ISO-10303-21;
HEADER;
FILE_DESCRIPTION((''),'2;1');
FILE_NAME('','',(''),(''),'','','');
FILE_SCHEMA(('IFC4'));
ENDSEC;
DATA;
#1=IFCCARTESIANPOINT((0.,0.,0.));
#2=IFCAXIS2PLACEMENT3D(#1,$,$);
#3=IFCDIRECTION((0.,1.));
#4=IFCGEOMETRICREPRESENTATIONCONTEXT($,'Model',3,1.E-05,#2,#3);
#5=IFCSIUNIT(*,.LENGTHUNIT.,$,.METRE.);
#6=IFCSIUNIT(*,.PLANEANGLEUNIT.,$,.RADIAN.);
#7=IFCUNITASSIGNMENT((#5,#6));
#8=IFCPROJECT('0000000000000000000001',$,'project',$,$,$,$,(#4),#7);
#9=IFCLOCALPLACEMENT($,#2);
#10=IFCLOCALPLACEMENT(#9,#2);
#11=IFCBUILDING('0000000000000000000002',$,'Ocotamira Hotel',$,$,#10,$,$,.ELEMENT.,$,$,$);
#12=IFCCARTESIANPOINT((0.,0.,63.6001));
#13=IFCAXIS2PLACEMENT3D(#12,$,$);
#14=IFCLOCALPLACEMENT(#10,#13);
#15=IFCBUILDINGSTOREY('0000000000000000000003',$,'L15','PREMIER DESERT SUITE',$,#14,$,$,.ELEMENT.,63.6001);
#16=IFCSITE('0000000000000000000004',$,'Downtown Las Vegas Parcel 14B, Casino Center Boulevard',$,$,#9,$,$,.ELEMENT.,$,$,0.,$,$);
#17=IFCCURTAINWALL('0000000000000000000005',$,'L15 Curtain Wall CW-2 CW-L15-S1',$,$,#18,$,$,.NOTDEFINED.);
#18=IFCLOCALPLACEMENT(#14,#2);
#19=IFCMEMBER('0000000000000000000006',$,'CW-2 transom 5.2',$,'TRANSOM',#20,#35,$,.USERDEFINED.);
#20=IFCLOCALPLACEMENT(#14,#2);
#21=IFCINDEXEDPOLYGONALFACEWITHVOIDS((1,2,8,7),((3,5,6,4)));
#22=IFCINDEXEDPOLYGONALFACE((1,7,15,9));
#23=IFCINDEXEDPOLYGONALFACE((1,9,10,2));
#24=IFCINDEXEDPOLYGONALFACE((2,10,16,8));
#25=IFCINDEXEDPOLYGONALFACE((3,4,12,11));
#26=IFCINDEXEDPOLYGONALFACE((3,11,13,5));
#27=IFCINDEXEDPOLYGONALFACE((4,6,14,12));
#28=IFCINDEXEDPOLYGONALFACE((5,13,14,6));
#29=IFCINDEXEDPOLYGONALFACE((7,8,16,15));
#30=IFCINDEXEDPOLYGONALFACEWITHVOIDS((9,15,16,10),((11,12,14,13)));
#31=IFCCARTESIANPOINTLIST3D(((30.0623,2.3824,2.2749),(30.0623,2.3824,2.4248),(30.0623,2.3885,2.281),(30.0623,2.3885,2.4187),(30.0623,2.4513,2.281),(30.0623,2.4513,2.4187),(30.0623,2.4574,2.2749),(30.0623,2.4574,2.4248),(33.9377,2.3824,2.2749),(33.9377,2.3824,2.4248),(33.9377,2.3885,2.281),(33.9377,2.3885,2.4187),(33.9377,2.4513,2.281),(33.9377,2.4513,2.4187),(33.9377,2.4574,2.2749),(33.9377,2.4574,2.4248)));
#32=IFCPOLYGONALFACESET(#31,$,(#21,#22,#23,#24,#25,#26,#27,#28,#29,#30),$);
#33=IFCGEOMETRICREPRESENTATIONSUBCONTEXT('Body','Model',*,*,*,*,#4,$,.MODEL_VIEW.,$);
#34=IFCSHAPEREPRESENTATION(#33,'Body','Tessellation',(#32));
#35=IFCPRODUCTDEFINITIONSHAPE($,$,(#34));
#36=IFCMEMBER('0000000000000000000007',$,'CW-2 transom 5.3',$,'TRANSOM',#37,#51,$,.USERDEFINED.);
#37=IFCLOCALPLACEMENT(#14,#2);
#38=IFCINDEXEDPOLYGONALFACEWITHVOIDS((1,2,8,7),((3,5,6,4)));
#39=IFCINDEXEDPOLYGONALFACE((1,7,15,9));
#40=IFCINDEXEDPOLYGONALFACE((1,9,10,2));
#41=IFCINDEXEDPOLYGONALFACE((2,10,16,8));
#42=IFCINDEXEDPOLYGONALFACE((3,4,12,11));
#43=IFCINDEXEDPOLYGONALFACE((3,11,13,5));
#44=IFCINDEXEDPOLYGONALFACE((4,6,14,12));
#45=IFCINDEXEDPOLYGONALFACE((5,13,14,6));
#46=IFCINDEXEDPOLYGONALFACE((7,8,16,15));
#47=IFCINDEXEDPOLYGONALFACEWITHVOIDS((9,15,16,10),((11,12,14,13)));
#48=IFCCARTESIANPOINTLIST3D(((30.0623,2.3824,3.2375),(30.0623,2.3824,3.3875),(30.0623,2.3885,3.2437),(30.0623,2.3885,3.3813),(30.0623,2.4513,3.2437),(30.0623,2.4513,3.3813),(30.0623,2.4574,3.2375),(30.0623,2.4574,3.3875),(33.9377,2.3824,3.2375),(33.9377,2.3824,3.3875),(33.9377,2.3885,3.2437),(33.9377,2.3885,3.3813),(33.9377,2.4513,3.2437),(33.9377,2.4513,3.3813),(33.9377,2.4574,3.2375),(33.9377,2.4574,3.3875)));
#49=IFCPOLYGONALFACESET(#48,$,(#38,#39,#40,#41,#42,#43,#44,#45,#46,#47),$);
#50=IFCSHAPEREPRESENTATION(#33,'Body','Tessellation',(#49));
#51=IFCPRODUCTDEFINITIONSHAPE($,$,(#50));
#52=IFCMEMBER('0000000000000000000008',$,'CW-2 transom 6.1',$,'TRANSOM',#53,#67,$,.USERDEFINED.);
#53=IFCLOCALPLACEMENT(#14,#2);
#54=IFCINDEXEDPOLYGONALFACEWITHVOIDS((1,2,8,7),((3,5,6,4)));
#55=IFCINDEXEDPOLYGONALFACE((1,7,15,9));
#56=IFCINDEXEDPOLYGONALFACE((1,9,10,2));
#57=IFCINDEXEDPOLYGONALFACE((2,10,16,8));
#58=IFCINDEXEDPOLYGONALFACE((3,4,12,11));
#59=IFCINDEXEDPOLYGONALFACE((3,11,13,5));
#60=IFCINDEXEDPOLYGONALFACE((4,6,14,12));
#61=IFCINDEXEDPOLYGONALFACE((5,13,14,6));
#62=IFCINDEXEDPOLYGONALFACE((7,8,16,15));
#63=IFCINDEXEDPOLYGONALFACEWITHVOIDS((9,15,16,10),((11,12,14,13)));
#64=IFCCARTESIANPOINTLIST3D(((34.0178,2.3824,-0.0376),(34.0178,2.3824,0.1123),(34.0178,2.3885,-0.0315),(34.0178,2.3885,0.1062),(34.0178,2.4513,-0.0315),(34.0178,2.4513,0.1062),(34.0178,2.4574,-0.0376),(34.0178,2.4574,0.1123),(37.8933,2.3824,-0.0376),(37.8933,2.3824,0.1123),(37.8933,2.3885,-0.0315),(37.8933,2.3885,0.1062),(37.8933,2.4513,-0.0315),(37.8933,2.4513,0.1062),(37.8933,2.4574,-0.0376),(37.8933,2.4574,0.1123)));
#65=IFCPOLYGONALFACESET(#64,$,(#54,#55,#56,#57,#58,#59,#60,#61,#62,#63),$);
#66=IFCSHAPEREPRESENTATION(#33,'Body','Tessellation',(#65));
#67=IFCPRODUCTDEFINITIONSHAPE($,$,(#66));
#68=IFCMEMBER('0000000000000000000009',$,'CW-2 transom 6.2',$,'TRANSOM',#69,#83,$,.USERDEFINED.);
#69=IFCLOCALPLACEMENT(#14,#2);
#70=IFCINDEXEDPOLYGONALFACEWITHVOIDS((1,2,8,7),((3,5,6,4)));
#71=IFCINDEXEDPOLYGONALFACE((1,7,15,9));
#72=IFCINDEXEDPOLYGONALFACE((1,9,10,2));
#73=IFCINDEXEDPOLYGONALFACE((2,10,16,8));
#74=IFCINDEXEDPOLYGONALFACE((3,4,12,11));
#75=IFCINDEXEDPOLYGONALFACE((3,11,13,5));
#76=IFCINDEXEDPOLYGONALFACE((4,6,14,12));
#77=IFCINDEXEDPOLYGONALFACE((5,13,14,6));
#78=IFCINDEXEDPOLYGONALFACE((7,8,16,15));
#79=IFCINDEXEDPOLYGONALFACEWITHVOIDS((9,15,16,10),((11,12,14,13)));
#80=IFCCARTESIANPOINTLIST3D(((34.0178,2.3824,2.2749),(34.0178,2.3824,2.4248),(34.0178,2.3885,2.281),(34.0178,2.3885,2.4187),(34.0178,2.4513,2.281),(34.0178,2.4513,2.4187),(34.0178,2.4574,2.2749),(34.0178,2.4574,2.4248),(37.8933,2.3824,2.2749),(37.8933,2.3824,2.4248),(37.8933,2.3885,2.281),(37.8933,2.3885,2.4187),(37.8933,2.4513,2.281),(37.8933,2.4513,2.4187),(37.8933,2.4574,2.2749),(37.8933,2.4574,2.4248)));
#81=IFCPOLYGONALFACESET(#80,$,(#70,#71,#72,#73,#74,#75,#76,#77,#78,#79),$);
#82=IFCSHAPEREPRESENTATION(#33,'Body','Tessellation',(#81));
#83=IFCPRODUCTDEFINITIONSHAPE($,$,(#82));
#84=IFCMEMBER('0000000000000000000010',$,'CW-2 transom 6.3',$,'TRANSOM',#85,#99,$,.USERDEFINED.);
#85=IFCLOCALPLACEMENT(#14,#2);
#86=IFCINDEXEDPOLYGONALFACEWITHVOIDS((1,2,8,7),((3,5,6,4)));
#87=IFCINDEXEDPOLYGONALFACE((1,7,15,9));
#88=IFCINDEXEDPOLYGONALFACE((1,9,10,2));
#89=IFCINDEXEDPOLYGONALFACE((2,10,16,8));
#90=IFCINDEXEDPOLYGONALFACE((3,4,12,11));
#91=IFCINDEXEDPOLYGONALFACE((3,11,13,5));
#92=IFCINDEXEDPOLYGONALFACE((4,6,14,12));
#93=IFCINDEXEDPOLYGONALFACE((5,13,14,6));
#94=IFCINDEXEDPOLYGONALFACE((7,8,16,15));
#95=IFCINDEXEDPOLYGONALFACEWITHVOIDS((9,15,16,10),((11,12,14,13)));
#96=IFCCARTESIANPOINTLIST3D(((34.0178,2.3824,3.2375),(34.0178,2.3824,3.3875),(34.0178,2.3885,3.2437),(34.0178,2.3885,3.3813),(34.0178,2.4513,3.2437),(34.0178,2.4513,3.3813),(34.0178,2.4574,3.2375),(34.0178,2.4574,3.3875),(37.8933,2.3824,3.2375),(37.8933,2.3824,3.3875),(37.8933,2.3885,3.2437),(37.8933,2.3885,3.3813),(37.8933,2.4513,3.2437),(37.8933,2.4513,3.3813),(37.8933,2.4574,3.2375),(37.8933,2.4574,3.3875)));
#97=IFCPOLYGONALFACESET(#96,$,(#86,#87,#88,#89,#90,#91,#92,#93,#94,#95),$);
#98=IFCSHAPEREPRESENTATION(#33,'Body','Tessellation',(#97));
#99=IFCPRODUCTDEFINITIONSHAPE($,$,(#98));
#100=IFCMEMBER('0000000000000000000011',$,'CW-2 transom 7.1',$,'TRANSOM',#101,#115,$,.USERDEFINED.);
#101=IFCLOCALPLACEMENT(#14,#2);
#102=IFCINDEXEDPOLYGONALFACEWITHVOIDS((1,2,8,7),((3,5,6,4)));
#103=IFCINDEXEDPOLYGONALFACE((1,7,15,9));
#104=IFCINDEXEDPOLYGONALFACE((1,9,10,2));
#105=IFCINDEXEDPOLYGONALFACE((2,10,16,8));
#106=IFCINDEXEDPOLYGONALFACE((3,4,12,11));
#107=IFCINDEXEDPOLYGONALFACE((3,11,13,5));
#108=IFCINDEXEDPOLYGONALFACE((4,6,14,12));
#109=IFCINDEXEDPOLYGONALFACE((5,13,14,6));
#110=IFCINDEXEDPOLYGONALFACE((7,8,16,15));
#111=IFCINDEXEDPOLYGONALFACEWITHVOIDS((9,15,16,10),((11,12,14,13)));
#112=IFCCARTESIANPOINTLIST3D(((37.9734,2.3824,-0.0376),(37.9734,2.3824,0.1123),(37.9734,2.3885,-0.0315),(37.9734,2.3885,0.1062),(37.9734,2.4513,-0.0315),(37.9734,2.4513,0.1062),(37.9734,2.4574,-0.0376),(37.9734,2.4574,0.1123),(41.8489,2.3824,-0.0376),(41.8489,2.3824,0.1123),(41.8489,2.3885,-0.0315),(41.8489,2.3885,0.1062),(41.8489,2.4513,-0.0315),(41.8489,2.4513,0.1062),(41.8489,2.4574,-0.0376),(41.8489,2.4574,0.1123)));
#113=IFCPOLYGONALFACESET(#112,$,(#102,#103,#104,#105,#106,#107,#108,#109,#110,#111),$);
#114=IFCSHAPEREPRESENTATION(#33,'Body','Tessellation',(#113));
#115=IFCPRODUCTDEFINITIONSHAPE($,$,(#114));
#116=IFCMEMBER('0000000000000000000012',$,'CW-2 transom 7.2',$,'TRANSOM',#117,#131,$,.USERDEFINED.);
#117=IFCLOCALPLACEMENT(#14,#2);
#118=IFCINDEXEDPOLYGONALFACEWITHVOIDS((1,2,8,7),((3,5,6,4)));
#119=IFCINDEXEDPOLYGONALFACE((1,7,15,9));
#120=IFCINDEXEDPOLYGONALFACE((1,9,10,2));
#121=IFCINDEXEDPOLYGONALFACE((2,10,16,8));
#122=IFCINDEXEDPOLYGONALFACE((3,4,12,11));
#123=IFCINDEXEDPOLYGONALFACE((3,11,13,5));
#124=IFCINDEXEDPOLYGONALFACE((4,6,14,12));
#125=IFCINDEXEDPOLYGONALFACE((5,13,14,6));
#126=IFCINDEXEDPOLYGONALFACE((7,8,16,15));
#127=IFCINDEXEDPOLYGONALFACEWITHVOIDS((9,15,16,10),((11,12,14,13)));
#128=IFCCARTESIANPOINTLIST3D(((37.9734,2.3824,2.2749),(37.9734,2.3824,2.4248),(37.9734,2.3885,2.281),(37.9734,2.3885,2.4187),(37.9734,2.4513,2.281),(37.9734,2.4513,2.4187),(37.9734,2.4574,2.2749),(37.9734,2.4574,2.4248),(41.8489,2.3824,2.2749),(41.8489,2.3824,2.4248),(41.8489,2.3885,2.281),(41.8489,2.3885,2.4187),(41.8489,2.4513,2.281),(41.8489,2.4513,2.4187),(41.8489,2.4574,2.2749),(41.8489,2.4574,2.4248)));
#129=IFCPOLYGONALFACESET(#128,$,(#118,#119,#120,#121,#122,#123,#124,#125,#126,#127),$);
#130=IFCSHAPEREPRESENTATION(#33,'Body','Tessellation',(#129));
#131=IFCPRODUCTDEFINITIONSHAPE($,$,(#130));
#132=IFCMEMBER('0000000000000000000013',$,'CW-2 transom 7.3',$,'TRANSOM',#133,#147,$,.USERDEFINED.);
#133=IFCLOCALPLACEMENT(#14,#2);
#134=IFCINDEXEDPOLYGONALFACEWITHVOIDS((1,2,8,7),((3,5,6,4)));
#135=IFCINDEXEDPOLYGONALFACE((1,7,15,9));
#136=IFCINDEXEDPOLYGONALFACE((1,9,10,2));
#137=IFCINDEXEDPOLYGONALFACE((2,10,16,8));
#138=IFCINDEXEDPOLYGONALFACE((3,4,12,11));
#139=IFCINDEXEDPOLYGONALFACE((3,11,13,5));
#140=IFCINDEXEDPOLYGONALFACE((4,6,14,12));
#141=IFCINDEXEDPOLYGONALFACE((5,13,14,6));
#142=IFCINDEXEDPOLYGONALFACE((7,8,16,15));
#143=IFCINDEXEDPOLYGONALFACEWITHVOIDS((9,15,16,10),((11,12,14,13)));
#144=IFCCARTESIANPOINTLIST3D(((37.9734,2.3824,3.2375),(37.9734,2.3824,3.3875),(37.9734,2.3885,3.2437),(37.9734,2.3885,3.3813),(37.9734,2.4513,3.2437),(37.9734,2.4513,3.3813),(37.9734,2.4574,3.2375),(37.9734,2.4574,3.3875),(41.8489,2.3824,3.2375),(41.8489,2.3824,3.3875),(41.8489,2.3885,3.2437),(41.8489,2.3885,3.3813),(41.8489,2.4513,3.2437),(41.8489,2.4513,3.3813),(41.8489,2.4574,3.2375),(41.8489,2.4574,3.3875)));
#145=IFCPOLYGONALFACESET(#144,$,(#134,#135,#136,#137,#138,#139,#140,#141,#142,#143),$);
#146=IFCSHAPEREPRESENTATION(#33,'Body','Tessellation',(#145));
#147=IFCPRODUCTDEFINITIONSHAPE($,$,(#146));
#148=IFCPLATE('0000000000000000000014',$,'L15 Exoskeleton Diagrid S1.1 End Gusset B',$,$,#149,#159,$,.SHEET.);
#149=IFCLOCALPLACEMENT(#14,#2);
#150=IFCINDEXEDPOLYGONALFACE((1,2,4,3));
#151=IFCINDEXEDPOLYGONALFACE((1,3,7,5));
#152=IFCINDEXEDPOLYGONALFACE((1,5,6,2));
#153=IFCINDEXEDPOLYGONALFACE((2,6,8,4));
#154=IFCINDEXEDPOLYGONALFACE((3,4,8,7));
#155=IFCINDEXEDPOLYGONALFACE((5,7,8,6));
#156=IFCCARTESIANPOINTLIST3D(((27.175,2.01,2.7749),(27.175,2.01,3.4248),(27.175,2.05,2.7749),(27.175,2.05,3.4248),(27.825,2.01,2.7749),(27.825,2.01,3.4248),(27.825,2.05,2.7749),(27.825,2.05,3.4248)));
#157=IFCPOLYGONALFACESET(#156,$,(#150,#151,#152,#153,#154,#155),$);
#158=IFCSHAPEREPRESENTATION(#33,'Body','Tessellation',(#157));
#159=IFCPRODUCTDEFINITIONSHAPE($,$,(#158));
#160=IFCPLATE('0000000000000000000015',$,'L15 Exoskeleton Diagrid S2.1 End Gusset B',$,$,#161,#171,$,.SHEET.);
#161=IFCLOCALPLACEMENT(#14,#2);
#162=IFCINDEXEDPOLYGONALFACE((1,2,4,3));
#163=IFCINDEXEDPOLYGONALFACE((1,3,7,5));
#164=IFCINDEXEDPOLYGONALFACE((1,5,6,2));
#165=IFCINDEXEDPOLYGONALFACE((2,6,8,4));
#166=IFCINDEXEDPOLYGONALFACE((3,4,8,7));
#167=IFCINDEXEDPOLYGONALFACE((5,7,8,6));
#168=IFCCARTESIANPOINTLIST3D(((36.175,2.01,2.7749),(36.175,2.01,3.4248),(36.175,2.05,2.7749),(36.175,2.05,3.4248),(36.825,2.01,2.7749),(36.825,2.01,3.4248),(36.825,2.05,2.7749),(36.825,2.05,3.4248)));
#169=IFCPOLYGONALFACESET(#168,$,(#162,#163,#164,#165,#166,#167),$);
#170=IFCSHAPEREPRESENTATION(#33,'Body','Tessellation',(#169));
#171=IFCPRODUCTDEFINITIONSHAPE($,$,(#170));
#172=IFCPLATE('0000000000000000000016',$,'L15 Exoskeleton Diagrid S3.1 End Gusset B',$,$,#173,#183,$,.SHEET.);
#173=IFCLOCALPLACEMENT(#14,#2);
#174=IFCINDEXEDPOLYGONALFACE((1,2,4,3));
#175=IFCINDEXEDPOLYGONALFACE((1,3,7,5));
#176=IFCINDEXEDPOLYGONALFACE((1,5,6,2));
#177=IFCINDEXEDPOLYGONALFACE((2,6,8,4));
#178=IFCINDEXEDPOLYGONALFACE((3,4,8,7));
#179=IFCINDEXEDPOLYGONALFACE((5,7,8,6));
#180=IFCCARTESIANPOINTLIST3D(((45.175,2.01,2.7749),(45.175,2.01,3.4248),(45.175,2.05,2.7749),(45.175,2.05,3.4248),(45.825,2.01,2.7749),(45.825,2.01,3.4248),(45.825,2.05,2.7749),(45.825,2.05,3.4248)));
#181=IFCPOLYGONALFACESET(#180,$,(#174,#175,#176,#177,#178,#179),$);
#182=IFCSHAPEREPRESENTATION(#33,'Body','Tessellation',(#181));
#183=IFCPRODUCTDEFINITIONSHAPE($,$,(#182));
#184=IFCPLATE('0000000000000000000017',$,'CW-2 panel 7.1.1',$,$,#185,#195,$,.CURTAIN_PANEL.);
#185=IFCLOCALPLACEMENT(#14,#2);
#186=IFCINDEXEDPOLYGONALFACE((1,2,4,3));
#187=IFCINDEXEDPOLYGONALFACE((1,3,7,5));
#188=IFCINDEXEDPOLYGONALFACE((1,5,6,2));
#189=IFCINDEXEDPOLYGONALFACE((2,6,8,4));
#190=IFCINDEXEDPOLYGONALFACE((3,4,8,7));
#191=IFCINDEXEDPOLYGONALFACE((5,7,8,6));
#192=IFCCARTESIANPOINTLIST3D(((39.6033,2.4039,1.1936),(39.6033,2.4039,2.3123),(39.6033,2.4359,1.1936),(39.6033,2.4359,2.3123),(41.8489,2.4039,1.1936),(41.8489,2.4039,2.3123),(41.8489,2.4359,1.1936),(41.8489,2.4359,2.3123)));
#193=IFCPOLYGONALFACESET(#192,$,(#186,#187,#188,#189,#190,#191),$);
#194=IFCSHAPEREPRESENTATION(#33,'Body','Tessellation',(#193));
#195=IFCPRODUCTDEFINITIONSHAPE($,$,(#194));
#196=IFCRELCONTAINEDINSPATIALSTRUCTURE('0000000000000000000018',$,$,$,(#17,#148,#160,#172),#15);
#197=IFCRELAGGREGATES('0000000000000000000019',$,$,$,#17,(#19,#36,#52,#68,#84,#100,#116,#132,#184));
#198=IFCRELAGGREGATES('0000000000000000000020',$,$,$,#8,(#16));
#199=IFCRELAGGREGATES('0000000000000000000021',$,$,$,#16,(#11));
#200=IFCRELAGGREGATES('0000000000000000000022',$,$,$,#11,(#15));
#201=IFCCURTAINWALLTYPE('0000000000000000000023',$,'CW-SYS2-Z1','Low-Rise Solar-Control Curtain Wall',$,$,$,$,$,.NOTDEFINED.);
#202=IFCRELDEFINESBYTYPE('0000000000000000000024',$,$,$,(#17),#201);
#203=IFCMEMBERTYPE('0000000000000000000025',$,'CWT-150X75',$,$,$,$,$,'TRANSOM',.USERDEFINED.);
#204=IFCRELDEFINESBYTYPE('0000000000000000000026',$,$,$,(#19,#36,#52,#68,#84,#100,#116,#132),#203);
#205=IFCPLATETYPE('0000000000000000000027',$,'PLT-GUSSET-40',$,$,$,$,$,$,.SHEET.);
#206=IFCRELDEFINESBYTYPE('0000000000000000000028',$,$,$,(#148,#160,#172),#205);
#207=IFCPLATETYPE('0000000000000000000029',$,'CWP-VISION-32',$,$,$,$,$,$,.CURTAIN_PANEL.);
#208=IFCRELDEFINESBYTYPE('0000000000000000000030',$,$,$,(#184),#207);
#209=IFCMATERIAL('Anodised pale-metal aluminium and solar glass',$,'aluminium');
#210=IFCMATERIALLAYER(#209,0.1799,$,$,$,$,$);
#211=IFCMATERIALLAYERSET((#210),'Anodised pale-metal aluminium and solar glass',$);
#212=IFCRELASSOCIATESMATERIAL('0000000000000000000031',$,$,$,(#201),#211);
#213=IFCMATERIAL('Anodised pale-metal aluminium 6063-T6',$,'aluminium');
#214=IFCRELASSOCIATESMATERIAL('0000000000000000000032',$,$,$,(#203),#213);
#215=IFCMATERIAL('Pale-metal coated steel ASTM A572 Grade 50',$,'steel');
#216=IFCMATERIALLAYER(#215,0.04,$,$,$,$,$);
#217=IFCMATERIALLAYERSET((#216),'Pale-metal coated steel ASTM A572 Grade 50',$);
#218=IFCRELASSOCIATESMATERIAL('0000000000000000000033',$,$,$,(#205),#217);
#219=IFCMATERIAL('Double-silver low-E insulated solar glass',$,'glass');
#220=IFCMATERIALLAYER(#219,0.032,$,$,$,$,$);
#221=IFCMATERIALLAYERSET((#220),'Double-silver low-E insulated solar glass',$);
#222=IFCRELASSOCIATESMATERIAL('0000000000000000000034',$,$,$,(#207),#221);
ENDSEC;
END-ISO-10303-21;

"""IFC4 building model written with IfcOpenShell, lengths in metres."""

from ifc_helpers import new_model, si_unit, direction, frame, origin, origin_2d, place, context, subcontext, project, spatial, rectangle, hollow_rectangle, extrude, source, transform, mapped, material, layer, layer_set, material_profile, profile_set, type_object, element, aggregate, save


model = new_model("IFC4")

# Units and contexts
model_context = context("Model", 3, precision=1e-05, world=origin(), true_north=direction((0.0, 1.0)))
body_context = subcontext(model_context, "Body", "Model", "MODEL_VIEW")
ifc_project = project(units=[si_unit("LENGTHUNIT", "METRE"), si_unit("PLANEANGLEUNIT", "RADIAN")], contexts=[model_context])

# Site, building, storey
site_placement = place(None, origin())
site = spatial("IfcSite", under=ifc_project, at=site_placement, Name="Downtown Las Vegas Parcel 14B, Casino Center Boulevard", CompositionType="ELEMENT", RefElevation=0.0)
building_placement = place(site_placement, origin())
building = spatial("IfcBuilding", under=site, at=building_placement, Name="Ocotamira Hotel", CompositionType="ELEMENT")
storey_placement = place(building_placement, frame((0.0, 0.0, 63.6001)))
storey = spatial("IfcBuildingStorey", under=building, at=storey_placement, Name="L15", Description="PREMIER DESERT SUITE", CompositionType="ELEMENT", Elevation=63.6001)

# Curtain wall, members
ifc_material_1 = material(Name="Anodised pale-metal aluminium and solar glass", Category="aluminium")
ifc_layer_1 = layer(ifc_material_1, 0.1799)
ifc_layer_set_1 = layer_set([ifc_layer_1], Name="Anodised pale-metal aluminium and solar glass")
curtain_wall_type = type_object("IfcCurtainWallType", Name="CW-SYS2-Z1", Description="Low-Rise Solar-Control Curtain Wall", PredefinedType="NOTDEFINED", material=ifc_layer_set_1)
curtain_wall_placement = place(storey_placement, origin())
curtain_wall = element("IfcCurtainWall", 1, at=curtain_wall_placement, inside=storey, type_object=curtain_wall_type, Name="L15 Curtain Wall CW-2 CW-L15-S1", PredefinedType="NOTDEFINED")
ifc_material_2 = material(Name="Anodised pale-metal aluminium 6063-T6", Category="aluminium")
ifc_material_profile_1 = material_profile(ifc_material_2, hollow_rectangle(XDim=0.075, YDim=0.1499, WallThickness=0.0061, at=origin_2d()), Name="HSS150X75X6")
ifc_profile_set_1 = profile_set([ifc_material_profile_1], Name="Anodised pale-metal aluminium 6063-T6")
member_type_1 = type_object("IfcMemberType", Name="CWT-150X75", ElementType="TRANSOM", PredefinedType="USERDEFINED", material=ifc_profile_set_1)
shared_shape_1 = source(origin(), body_context, "Body", "SweptSolid", [
    extrude(hollow_rectangle(XDim=0.075, YDim=0.1499, WallThickness=0.0061, at=origin_2d()), origin(), (0.0, 0.0, 1.0), 3.8755),
])
member_1_placement = place(storey_placement, frame((30.0623, 2.4199, 2.3499), z_axis=(1.0, 0.0, 0.0), x_axis=(0.0, 1.0, 0.0)))
member_1 = element("IfcMember", 2, at=member_1_placement, type_object=member_type_1, Name="CW-2 transom 5.2", ObjectType="TRANSOM", PredefinedType="USERDEFINED", context=body_context, shape_type="MappedRepresentation", body=[
    mapped(shared_shape_1, transform((0.0, 0.0, 0.0), scale=1.0)),
])
member_2_placement = place(storey_placement, frame((30.0623, 2.4199, 3.3125), z_axis=(1.0, 0.0, 0.0), x_axis=(0.0, 1.0, 0.0)))
member_2 = element("IfcMember", 3, at=member_2_placement, type_object=member_type_1, Name="CW-2 transom 5.3", ObjectType="TRANSOM", PredefinedType="USERDEFINED", context=body_context, shape_type="MappedRepresentation", body=[
    mapped(shared_shape_1, transform((0.0, 0.0, 0.0), scale=1.0)),
])
member_3_placement = place(storey_placement, frame((34.0178, 2.4199, 0.0374), z_axis=(1.0, 0.0, 0.0), x_axis=(0.0, 1.0, 0.0)))
member_3 = element("IfcMember", 4, at=member_3_placement, type_object=member_type_1, Name="CW-2 transom 6.1", ObjectType="TRANSOM", PredefinedType="USERDEFINED", context=body_context, shape_type="MappedRepresentation", body=[
    mapped(shared_shape_1, transform((0.0, 0.0, 0.0), scale=1.0)),
])
member_4_placement = place(storey_placement, frame((34.0178, 2.4199, 2.3499), z_axis=(1.0, 0.0, 0.0), x_axis=(0.0, 1.0, 0.0)))
member_4 = element("IfcMember", 5, at=member_4_placement, type_object=member_type_1, Name="CW-2 transom 6.2", ObjectType="TRANSOM", PredefinedType="USERDEFINED", context=body_context, shape_type="MappedRepresentation", body=[
    mapped(shared_shape_1, transform((0.0, 0.0, 0.0), scale=1.0)),
])
member_5_placement = place(storey_placement, frame((34.0178, 2.4199, 3.3125), z_axis=(1.0, 0.0, 0.0), x_axis=(0.0, 1.0, 0.0)))
member_5 = element("IfcMember", 6, at=member_5_placement, type_object=member_type_1, Name="CW-2 transom 6.3", ObjectType="TRANSOM", PredefinedType="USERDEFINED", context=body_context, shape_type="MappedRepresentation", body=[
    mapped(shared_shape_1, transform((0.0, 0.0, 0.0), scale=1.0)),
])
member_6_placement = place(storey_placement, frame((37.9734, 2.4199, 0.0374), z_axis=(1.0, 0.0, 0.0), x_axis=(0.0, 1.0, 0.0)))
member_6 = element("IfcMember", 7, at=member_6_placement, type_object=member_type_1, Name="CW-2 transom 7.1", ObjectType="TRANSOM", PredefinedType="USERDEFINED", context=body_context, shape_type="MappedRepresentation", body=[
    mapped(shared_shape_1, transform((0.0, 0.0, 0.0), scale=1.0)),
])
member_7_placement = place(storey_placement, frame((37.9734, 2.4199, 2.3499), z_axis=(1.0, 0.0, 0.0), x_axis=(0.0, 1.0, 0.0)))
member_7 = element("IfcMember", 8, at=member_7_placement, type_object=member_type_1, Name="CW-2 transom 7.2", ObjectType="TRANSOM", PredefinedType="USERDEFINED", context=body_context, shape_type="MappedRepresentation", body=[
    mapped(shared_shape_1, transform((0.0, 0.0, 0.0), scale=1.0)),
])
member_8_placement = place(storey_placement, frame((37.9734, 2.4199, 3.3125), z_axis=(1.0, 0.0, 0.0), x_axis=(0.0, 1.0, 0.0)))
member_8 = element("IfcMember", 9, at=member_8_placement, type_object=member_type_1, Name="CW-2 transom 7.3", ObjectType="TRANSOM", PredefinedType="USERDEFINED", context=body_context, shape_type="MappedRepresentation", body=[
    mapped(shared_shape_1, transform((0.0, 0.0, 0.0), scale=1.0)),
])

# Plates
ifc_material_3 = material(Name="Pale-metal coated steel ASTM A572 Grade 50", Category="steel")
ifc_layer_2 = layer(ifc_material_3, 0.04)
ifc_layer_set_2 = layer_set([ifc_layer_2], Name="Pale-metal coated steel ASTM A572 Grade 50")
plate_type_1 = type_object("IfcPlateType", Name="PLT-GUSSET-40", PredefinedType="SHEET", material=ifc_layer_set_2)
shared_shape_2 = source(origin(), body_context, "Body", "SweptSolid", [
    extrude(rectangle(XDim=0.6499, YDim=0.04, at=origin_2d()), origin(), (0.0, 0.0, 1.0), 0.6499),
])
for number, where, z_axis, x_axis, name in (
    (10, (27.5, 2.03, 2.7749), (0.0, 0.0, 1.0), (1.0, 0.0, 0.0), "L15 Exoskeleton Diagrid S1.1 End Gusset B"),
    (11, (36.5, 2.03, 2.7749), (0.0, 0.0, 1.0), (1.0, 0.0, 0.0), "L15 Exoskeleton Diagrid S2.1 End Gusset B"),
    (12, (45.5, 2.03, 2.7749), (0.0, 0.0, 1.0), (1.0, 0.0, 0.0), "L15 Exoskeleton Diagrid S3.1 End Gusset B"),
):
    element("IfcPlate", number, at=place(storey_placement, frame(where, z_axis=z_axis, x_axis=x_axis)), inside=storey, type_object=plate_type_1, Name=name, PredefinedType="SHEET", context=body_context, shape_type="MappedRepresentation", body=[
        mapped(shared_shape_2, transform((0.0, 0.0, 0.0), scale=1.0)),
    ])

# Plate
ifc_material_4 = material(Name="Double-silver low-E insulated solar glass", Category="glass")
ifc_layer_3 = layer(ifc_material_4, 0.032)
ifc_layer_set_3 = layer_set([ifc_layer_3], Name="Double-silver low-E insulated solar glass")
plate_type_2 = type_object("IfcPlateType", Name="CWP-VISION-32", PredefinedType="CURTAIN_PANEL", material=ifc_layer_set_3)
shared_shape_3 = source(origin(), body_context, "Body", "SweptSolid", [
    extrude(rectangle(XDim=2.2456, YDim=0.032, at=origin_2d()), origin(), (0.0, 0.0, 1.0), 1.1187),
])
plate_1_placement = place(storey_placement, frame((40.7261, 2.4199, 1.1936), z_axis=(0.0, 0.0, 1.0), x_axis=(1.0, 0.0, 0.0)))
plate_1 = element("IfcPlate", 13, at=plate_1_placement, type_object=plate_type_2, Name="CW-2 panel 7.1.1", PredefinedType="CURTAIN_PANEL", context=body_context, shape_type="MappedRepresentation", body=[
    mapped(shared_shape_3, transform((0.0, 0.0, 0.0), scale=1.0)),
])
aggregate(curtain_wall, [member_1, member_2, member_3, member_4, member_5, member_6, member_7, member_8, plate_1])

save(model, "model.ifc")
